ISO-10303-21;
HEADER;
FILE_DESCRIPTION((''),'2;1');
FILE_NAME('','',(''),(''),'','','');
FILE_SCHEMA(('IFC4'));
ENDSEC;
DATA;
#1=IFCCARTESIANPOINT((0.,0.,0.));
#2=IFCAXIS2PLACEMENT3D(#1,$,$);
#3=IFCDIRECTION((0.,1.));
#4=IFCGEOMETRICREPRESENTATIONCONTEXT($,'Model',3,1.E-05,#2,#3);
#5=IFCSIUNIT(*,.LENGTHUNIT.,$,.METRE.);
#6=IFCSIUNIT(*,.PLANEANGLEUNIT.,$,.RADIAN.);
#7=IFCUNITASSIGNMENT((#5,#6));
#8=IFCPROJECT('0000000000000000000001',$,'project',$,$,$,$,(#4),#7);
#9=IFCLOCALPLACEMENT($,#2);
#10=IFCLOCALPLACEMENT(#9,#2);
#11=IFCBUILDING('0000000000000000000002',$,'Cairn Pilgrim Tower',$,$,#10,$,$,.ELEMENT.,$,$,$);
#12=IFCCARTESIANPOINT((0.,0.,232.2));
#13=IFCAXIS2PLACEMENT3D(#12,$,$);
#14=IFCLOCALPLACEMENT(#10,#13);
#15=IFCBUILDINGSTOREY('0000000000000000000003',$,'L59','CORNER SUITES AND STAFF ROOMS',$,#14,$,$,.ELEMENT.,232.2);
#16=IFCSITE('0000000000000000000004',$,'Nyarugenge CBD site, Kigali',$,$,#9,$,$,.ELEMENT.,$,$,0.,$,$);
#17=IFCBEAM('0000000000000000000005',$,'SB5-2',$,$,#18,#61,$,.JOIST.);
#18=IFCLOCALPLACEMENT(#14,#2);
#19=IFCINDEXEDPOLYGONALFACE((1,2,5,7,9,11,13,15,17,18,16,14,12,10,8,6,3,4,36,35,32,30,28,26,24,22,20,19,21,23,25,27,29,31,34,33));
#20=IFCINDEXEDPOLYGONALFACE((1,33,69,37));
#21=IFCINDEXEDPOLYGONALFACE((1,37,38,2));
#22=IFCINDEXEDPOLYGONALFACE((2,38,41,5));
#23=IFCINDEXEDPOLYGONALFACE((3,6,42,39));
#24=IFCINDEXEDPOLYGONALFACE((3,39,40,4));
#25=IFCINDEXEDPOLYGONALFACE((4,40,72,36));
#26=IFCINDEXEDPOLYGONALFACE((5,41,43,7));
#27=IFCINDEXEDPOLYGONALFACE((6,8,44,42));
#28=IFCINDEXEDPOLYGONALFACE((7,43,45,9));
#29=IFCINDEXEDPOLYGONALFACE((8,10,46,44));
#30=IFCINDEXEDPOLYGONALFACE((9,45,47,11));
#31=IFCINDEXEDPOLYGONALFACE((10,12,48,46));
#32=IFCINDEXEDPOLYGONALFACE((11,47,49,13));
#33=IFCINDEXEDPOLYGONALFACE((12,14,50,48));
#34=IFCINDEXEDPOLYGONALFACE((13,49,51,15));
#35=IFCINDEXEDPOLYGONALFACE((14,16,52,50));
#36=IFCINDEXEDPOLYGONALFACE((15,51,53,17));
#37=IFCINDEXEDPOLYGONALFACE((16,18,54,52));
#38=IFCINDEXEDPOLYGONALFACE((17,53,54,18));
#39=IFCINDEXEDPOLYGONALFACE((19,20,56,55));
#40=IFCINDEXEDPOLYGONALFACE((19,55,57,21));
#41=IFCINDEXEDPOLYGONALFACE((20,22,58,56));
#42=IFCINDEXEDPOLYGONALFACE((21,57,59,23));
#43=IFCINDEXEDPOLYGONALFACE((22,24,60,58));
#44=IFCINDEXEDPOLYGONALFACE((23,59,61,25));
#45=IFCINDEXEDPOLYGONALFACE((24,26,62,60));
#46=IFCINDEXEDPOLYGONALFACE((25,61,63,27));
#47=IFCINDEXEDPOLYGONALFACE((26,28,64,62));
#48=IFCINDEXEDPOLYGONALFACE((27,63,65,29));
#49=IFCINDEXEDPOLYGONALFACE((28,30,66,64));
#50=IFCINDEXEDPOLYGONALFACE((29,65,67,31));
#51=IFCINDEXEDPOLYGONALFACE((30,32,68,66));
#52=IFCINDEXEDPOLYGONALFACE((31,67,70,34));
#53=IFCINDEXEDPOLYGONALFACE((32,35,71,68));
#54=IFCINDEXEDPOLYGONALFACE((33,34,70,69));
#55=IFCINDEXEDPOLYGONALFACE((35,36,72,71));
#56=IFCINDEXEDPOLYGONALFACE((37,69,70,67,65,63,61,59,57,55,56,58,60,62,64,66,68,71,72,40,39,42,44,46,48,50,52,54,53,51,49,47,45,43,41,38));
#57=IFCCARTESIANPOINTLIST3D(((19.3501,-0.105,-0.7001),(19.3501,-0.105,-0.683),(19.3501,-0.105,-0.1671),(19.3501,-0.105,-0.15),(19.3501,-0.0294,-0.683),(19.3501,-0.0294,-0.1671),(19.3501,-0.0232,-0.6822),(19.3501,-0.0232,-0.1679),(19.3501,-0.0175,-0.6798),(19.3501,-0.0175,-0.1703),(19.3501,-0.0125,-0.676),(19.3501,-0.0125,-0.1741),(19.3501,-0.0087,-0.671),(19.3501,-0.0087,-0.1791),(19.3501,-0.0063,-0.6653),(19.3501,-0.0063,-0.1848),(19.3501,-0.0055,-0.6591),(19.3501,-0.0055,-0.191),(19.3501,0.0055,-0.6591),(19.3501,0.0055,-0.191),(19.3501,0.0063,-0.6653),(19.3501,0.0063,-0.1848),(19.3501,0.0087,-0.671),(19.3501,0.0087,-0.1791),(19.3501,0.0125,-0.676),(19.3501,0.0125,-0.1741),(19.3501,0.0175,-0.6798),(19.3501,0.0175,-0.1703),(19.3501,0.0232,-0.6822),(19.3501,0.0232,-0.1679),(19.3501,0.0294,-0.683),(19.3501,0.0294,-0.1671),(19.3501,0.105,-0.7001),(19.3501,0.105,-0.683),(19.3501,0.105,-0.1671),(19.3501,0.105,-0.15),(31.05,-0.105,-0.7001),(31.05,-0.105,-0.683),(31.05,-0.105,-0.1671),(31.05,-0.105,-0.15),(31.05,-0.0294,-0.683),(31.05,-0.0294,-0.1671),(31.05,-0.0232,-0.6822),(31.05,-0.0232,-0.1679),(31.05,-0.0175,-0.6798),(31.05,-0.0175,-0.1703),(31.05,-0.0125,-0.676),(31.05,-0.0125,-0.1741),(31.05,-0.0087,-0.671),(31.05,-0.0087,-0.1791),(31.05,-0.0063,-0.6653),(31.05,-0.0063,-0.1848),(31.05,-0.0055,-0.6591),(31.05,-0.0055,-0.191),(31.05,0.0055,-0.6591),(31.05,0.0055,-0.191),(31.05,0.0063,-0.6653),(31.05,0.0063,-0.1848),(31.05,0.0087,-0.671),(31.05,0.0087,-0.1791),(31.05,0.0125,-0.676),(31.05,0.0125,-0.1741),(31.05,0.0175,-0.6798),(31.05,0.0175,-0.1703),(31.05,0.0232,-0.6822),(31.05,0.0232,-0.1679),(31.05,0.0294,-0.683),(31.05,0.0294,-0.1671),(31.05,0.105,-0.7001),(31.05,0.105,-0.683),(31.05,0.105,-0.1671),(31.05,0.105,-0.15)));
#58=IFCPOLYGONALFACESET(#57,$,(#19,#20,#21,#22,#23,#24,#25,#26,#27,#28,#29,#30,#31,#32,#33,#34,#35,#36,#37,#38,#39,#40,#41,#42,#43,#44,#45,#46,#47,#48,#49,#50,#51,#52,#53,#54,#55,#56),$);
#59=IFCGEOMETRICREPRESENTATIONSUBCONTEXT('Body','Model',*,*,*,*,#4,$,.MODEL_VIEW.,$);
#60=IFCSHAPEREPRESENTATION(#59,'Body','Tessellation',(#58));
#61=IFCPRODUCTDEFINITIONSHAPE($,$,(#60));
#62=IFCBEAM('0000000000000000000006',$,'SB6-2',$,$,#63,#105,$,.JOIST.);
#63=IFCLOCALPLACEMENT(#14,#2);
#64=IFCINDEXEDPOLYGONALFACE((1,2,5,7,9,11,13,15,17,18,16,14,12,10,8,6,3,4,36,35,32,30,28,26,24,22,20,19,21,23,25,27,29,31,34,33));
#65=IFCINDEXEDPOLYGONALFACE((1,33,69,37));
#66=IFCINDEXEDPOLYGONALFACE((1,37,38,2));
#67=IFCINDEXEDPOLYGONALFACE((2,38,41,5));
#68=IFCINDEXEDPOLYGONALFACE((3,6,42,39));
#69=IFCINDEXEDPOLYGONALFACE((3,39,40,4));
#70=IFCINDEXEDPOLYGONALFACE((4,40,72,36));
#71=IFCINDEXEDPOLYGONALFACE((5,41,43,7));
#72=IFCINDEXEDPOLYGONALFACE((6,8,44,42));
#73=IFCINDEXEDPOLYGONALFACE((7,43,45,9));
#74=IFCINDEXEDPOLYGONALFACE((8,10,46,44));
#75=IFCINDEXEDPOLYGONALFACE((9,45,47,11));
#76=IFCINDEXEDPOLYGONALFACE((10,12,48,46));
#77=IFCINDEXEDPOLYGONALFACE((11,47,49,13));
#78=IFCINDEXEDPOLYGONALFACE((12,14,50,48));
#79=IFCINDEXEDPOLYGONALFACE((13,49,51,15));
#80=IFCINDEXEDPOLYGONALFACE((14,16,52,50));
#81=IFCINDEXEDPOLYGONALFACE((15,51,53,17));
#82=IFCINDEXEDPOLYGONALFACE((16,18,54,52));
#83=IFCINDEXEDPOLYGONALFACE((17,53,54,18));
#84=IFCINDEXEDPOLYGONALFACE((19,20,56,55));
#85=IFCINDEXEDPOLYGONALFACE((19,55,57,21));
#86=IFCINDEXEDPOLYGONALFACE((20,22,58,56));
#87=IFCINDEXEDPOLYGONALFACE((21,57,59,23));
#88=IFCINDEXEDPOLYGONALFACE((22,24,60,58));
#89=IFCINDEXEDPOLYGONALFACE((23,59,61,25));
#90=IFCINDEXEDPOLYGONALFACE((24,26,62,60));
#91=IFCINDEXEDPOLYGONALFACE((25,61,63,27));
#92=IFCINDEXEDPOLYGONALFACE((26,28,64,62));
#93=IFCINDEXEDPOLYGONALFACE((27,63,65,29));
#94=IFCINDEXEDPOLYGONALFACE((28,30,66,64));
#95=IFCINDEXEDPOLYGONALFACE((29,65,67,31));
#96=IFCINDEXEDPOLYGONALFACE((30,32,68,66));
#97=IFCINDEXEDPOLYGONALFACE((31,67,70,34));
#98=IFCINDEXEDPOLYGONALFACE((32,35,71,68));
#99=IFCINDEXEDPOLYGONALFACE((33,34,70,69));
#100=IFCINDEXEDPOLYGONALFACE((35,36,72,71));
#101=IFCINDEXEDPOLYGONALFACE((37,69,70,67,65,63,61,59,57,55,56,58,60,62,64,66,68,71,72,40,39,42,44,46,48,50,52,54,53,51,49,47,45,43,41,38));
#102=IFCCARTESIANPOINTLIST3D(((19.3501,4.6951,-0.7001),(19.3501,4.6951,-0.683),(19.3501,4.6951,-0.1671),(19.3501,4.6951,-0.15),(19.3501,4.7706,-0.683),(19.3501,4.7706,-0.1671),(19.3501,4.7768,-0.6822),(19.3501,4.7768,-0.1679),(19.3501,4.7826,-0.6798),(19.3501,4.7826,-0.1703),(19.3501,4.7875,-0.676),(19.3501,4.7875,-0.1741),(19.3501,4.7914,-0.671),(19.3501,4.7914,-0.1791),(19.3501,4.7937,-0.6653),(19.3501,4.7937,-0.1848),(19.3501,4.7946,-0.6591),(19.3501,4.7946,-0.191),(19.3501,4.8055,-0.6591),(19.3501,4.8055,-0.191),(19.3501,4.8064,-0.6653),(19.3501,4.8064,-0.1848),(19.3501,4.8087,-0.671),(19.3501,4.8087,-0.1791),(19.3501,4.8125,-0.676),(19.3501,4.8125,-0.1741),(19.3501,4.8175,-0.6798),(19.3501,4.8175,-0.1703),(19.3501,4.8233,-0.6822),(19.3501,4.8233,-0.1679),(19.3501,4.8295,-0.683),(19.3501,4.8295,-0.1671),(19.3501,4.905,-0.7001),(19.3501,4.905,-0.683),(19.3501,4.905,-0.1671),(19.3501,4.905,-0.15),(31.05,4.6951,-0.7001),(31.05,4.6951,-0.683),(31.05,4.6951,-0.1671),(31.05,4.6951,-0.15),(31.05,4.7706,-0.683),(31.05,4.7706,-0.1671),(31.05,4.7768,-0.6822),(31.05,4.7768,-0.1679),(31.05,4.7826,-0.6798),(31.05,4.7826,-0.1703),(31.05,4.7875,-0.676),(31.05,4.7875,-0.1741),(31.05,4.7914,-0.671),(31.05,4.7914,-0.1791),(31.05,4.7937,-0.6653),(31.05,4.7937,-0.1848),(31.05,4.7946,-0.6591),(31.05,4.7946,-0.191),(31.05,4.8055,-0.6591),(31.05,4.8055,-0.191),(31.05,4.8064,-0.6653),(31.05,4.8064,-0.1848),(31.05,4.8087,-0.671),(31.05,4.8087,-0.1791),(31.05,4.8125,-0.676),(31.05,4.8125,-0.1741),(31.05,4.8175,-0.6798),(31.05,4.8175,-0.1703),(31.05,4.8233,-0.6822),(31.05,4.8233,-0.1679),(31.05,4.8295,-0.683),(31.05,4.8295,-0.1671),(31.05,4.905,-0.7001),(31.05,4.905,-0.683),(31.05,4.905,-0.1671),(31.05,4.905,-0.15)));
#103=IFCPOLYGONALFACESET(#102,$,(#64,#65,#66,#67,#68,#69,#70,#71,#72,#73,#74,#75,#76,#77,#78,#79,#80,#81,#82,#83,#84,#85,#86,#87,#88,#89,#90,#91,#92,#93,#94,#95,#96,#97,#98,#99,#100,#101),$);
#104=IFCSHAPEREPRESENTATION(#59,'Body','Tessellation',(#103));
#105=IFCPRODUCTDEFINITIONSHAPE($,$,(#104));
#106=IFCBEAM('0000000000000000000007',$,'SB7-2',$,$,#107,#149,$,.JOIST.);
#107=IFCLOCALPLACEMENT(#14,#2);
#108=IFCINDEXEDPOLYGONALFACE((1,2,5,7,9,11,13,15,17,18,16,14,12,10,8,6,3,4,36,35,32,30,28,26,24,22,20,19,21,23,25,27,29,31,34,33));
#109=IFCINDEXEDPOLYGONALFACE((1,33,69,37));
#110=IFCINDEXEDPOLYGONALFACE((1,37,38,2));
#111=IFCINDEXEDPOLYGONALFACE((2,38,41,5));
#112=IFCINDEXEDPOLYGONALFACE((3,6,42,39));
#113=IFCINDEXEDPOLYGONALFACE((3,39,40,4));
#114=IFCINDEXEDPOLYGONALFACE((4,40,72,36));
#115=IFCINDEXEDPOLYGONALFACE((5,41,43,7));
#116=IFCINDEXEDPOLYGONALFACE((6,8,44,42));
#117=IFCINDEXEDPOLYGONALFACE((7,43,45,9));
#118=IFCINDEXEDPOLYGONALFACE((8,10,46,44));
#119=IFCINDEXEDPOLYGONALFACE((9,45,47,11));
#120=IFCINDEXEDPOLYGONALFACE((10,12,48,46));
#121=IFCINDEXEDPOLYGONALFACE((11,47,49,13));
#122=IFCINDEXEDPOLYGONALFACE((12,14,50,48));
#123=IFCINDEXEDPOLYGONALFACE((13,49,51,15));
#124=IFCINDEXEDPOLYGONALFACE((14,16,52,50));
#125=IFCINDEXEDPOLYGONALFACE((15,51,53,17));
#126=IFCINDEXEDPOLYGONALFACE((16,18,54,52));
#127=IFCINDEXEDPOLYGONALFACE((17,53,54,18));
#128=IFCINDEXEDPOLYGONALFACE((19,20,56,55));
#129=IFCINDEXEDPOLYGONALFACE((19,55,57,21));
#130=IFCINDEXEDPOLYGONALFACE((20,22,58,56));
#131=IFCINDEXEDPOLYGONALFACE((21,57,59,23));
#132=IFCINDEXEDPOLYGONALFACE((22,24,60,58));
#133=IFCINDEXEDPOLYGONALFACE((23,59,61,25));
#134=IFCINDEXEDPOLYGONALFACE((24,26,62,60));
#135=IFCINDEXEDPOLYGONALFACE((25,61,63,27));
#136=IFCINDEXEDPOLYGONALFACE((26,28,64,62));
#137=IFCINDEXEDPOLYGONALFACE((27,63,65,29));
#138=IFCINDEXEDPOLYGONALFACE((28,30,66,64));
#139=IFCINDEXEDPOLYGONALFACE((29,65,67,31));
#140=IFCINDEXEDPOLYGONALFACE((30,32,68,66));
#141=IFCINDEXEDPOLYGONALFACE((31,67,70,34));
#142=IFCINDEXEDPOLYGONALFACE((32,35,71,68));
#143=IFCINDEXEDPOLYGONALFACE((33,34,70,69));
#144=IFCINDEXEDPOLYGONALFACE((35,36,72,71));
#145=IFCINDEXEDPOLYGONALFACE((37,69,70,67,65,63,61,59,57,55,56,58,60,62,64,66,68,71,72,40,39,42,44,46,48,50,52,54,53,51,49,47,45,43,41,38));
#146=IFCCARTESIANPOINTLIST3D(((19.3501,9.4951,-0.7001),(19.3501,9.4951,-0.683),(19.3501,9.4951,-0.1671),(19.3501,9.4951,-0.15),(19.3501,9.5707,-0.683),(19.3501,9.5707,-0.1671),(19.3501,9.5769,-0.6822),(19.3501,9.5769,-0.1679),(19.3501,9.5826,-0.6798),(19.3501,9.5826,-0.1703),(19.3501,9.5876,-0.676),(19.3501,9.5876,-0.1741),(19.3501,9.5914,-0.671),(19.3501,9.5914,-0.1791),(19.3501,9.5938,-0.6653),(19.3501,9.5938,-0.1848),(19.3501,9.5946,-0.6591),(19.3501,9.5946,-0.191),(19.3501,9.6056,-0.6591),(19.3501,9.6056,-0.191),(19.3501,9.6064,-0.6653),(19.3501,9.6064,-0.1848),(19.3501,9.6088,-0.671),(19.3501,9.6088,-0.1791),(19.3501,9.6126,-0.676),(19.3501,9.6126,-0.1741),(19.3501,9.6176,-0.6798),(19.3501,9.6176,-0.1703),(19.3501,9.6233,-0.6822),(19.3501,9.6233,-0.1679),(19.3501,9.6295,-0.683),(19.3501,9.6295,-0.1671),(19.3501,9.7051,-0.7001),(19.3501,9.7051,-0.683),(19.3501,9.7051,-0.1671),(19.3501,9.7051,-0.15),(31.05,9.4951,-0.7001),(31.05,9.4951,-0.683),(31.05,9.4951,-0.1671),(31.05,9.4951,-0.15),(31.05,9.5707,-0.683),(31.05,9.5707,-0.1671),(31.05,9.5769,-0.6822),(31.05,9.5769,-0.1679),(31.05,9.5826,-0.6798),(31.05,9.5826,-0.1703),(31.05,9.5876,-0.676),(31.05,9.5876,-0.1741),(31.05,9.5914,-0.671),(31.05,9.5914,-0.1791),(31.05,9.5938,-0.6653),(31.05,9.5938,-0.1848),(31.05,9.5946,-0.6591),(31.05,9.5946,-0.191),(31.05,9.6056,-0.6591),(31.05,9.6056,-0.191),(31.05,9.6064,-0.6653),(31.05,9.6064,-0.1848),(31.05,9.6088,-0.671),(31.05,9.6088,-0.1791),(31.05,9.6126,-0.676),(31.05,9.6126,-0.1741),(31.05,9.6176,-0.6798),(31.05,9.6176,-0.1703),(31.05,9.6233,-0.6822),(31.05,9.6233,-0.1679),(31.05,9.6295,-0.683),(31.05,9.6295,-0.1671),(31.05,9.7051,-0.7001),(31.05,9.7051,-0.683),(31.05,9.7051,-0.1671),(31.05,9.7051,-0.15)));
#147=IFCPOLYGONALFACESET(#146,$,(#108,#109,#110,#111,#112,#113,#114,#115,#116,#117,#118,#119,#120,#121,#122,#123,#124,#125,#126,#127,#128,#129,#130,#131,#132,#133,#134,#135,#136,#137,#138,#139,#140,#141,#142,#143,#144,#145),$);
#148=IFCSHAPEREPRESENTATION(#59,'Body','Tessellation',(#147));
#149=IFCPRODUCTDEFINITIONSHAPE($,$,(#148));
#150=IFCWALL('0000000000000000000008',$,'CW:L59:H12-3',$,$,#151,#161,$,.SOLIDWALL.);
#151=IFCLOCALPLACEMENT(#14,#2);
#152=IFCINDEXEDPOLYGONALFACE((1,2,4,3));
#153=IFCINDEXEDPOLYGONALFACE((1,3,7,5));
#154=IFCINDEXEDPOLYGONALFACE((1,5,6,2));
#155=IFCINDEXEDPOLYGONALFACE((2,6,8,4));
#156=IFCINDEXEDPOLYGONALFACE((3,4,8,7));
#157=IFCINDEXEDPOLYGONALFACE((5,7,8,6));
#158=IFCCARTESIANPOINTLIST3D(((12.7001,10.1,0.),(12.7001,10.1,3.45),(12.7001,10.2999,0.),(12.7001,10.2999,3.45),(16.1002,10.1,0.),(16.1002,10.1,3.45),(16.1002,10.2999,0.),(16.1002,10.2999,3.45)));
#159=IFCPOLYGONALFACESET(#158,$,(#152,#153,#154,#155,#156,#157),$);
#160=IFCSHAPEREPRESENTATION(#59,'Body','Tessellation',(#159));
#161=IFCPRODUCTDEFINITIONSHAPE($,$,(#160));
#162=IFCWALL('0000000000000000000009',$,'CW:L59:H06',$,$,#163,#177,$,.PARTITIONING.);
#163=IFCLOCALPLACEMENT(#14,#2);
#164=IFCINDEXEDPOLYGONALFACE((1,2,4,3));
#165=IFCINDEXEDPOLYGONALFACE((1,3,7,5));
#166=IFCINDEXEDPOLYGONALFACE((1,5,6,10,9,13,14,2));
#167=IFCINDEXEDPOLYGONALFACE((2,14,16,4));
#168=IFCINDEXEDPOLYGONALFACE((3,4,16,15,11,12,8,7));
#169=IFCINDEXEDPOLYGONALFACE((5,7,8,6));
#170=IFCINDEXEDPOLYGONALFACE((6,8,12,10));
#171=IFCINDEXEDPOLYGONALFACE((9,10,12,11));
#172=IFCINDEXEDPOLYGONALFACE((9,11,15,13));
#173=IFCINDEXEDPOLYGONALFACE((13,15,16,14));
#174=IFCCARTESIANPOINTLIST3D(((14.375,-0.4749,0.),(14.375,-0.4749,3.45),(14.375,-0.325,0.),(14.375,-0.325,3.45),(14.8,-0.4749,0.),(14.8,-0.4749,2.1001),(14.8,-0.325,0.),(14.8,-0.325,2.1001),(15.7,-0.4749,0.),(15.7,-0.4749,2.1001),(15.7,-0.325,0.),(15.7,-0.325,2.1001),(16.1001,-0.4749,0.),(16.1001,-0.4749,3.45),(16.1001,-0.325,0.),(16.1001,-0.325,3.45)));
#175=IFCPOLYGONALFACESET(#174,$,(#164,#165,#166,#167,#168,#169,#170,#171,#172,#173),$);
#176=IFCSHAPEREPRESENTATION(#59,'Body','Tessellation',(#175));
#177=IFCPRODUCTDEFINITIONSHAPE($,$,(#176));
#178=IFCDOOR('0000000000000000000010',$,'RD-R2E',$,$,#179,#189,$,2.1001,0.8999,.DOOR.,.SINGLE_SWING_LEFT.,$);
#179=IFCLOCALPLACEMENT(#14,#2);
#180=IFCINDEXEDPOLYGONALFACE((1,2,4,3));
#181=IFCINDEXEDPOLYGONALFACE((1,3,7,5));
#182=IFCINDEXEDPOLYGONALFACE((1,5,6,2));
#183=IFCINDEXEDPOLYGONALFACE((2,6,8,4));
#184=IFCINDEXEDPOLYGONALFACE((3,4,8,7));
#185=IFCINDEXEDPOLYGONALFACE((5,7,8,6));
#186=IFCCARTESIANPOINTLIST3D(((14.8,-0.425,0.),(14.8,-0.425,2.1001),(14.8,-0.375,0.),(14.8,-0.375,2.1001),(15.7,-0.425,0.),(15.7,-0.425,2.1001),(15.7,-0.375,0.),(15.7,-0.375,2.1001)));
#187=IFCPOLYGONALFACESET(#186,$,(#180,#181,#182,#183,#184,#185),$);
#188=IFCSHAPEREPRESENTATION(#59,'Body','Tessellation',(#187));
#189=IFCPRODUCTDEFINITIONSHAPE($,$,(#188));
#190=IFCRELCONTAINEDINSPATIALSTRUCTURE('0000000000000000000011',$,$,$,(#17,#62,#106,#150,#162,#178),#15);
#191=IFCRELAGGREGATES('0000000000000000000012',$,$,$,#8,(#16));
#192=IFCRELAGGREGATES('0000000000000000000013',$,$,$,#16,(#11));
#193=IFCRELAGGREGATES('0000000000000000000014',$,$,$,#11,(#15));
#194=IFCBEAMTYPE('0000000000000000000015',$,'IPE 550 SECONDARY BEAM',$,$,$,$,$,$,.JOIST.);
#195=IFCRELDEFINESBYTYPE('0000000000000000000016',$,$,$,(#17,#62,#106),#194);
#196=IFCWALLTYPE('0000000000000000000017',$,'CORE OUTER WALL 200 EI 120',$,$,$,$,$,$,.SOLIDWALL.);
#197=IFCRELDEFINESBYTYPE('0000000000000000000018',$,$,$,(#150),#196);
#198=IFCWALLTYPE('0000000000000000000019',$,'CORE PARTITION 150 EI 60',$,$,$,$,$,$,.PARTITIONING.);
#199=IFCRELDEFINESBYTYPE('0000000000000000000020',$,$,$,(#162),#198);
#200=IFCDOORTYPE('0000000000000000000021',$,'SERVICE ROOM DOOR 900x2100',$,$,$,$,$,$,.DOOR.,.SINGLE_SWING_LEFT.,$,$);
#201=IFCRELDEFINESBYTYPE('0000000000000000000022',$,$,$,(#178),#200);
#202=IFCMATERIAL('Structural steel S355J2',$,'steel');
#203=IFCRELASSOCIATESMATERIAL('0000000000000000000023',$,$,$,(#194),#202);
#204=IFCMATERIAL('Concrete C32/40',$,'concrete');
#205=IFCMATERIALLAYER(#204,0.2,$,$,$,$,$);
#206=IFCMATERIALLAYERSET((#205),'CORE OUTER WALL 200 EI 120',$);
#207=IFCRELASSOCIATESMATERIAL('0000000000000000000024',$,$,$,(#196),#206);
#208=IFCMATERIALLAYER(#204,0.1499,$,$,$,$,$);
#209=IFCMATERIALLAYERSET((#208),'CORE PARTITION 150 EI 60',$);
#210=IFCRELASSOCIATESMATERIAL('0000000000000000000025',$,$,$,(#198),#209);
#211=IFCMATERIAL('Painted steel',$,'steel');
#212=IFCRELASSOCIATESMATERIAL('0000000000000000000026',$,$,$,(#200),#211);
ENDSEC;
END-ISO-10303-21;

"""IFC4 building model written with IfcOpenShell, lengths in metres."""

from ifc_helpers import new_model, si_unit, direction, frame, frame_2d, origin, origin_2d, place, context, subcontext, project, spatial, rectangle, i_section, extrude, material, layer, layer_set, material_profile, profile_set, type_object, element, fill, save


model = new_model("IFC4")

# Units and contexts
model_context = context("Model", 3, precision=1e-05, world=origin(), true_north=direction((0.0, 1.0)))
body_context = subcontext(model_context, "Body", "Model", "MODEL_VIEW")
ifc_project = project(units=[si_unit("LENGTHUNIT", "METRE"), si_unit("PLANEANGLEUNIT", "RADIAN")], contexts=[model_context])

# Site, building, storey
site_placement = place(None, origin())
site = spatial("IfcSite", under=ifc_project, at=site_placement, Name="Nyarugenge CBD site, Kigali", CompositionType="ELEMENT", RefElevation=0.0)
building_placement = place(site_placement, origin())
building = spatial("IfcBuilding", under=site, at=building_placement, Name="Cairn Pilgrim Tower", CompositionType="ELEMENT")
storey_placement = place(building_placement, frame((0.0, 0.0, 232.2)))
storey = spatial("IfcBuildingStorey", under=building, at=storey_placement, Name="L59", Description="CORNER SUITES AND STAFF ROOMS", CompositionType="ELEMENT", Elevation=232.2)

# Shared definitions
ifc_material_1 = material(Name="Structural steel S355J2", Category="steel")

# Beams
ifc_material_profile_1 = material_profile(ifc_material_1, i_section(OverallWidth=0.21, OverallDepth=0.55, WebThickness=0.011, FlangeThickness=0.0171, FilletRadius=0.0239, at=origin_2d()), Name="IPE 550")
ifc_profile_set_1 = profile_set([ifc_material_profile_1], Name="Structural steel S355J2")
beam_type_1 = type_object("IfcBeamType", Name="IPE 550 SECONDARY BEAM", PredefinedType="JOIST", material=ifc_profile_set_1)
for number, where, z_axis, x_axis, name in (
    (1, (19.3501, 0.0, -0.425), (1.0, 0.0, 0.0), (0.0, 1.0, 0.0), "SB5-2"),
    (2, (19.3501, 4.8, -0.425), (1.0, 0.0, 0.0), (0.0, 1.0, 0.0), "SB6-2"),
    (3, (19.3501, 9.6001, -0.425), (1.0, 0.0, 0.0), (0.0, 1.0, 0.0), "SB7-2"),
):
    element("IfcBeam", number, at=place(storey_placement, frame(where, z_axis=z_axis, x_axis=x_axis)), inside=storey, type_object=beam_type_1, Name=name, PredefinedType="JOIST", context=body_context, shape_type="SweptSolid", body=[
        extrude(i_section(OverallWidth=0.21, OverallDepth=0.55, WebThickness=0.011, FlangeThickness=0.0171, FilletRadius=0.0239, at=origin_2d()), origin(), (0.0, 0.0, 1.0), 11.7),
    ])

# Wall
ifc_material_2 = material(Name="Concrete C32/40", Category="concrete")
ifc_layer_1 = layer(ifc_material_2, 0.2)
ifc_layer_set_1 = layer_set([ifc_layer_1], Name="CORE OUTER WALL 200 EI 120")
wall_type_1 = type_object("IfcWallType", Name="CORE OUTER WALL 200 EI 120", PredefinedType="SOLIDWALL", material=ifc_layer_set_1)
wall_1_placement = place(storey_placement, frame((12.7, 10.2, 0.0), z_axis=(0.0, 0.0, 1.0), x_axis=(1.0, 0.0, 0.0)))
element("IfcWall", 4, at=wall_1_placement, inside=storey, type_object=wall_type_1, Name="CW:L59:H12-3", PredefinedType="SOLIDWALL", context=body_context, shape_type="SweptSolid", body=[
    extrude(rectangle(XDim=3.4001, YDim=0.2, at=frame_2d((1.7002, 0.0))), origin(), (0.0, 0.0, 1.0), 3.45),
])

# Wall, opening, door
ifc_layer_2 = layer(ifc_material_2, 0.1499)
ifc_layer_set_2 = layer_set([ifc_layer_2], Name="CORE PARTITION 150 EI 60")
wall_type_2 = type_object("IfcWallType", Name="CORE PARTITION 150 EI 60", PredefinedType="PARTITIONING", material=ifc_layer_set_2)
wall_2_placement = place(storey_placement, frame((14.375, -0.3999, 0.0), z_axis=(0.0, 0.0, 1.0), x_axis=(1.0, 0.0, 0.0)))
wall_2 = element("IfcWall", 5, at=wall_2_placement, inside=storey, type_object=wall_type_2, Name="CW:L59:H06", PredefinedType="PARTITIONING", context=body_context, shape_type="SweptSolid", body=[
    extrude(rectangle(XDim=1.7251, YDim=0.1499, at=frame_2d((0.8625, 0.0))), origin(), (0.0, 0.0, 1.0), 3.45),
])
opening_1_placement = place(wall_2_placement, frame((0.425, 0.0, 0.0)))
opening_1 = element("IfcOpeningElement", 6, at=opening_1_placement, cuts=wall_2, PredefinedType="OPENING", context=body_context, shape_type="SweptSolid", body=[
    extrude(rectangle(XDim=0.8999, YDim=2.1001, at=frame_2d((0.45, 1.05))), frame((0.0, 0.085, 0.0), z_axis=(0.0, -1.0, 0.0), x_axis=(1.0, 0.0, 0.0)), (0.0, 0.0, 1.0), 0.1699),
])
ifc_material_3 = material(Name="Painted steel", Category="steel")
door_type = type_object("IfcDoorType", Name="SERVICE ROOM DOOR 900x2100", OperationType="SINGLE_SWING_LEFT", PredefinedType="DOOR", material=ifc_material_3)
door_1_placement = place(opening_1_placement, origin())
door_1 = element("IfcDoor", 7, at=door_1_placement, inside=storey, type_object=door_type, Name="RD-R2E", OperationType="SINGLE_SWING_LEFT", OverallHeight=2.1001, OverallWidth=0.8999, PredefinedType="DOOR", context=body_context, shape_type="SweptSolid", body=[
    extrude(rectangle(XDim=0.8999, YDim=2.1001, at=frame_2d((0.45, 1.05))), frame((0.0, 0.0249, 0.0), z_axis=(0.0, -1.0, 0.0), x_axis=(1.0, 0.0, 0.0)), (0.0, 0.0, 1.0), 0.05),
])
fill(opening_1, door_1)

save(model, "model.ifc")
